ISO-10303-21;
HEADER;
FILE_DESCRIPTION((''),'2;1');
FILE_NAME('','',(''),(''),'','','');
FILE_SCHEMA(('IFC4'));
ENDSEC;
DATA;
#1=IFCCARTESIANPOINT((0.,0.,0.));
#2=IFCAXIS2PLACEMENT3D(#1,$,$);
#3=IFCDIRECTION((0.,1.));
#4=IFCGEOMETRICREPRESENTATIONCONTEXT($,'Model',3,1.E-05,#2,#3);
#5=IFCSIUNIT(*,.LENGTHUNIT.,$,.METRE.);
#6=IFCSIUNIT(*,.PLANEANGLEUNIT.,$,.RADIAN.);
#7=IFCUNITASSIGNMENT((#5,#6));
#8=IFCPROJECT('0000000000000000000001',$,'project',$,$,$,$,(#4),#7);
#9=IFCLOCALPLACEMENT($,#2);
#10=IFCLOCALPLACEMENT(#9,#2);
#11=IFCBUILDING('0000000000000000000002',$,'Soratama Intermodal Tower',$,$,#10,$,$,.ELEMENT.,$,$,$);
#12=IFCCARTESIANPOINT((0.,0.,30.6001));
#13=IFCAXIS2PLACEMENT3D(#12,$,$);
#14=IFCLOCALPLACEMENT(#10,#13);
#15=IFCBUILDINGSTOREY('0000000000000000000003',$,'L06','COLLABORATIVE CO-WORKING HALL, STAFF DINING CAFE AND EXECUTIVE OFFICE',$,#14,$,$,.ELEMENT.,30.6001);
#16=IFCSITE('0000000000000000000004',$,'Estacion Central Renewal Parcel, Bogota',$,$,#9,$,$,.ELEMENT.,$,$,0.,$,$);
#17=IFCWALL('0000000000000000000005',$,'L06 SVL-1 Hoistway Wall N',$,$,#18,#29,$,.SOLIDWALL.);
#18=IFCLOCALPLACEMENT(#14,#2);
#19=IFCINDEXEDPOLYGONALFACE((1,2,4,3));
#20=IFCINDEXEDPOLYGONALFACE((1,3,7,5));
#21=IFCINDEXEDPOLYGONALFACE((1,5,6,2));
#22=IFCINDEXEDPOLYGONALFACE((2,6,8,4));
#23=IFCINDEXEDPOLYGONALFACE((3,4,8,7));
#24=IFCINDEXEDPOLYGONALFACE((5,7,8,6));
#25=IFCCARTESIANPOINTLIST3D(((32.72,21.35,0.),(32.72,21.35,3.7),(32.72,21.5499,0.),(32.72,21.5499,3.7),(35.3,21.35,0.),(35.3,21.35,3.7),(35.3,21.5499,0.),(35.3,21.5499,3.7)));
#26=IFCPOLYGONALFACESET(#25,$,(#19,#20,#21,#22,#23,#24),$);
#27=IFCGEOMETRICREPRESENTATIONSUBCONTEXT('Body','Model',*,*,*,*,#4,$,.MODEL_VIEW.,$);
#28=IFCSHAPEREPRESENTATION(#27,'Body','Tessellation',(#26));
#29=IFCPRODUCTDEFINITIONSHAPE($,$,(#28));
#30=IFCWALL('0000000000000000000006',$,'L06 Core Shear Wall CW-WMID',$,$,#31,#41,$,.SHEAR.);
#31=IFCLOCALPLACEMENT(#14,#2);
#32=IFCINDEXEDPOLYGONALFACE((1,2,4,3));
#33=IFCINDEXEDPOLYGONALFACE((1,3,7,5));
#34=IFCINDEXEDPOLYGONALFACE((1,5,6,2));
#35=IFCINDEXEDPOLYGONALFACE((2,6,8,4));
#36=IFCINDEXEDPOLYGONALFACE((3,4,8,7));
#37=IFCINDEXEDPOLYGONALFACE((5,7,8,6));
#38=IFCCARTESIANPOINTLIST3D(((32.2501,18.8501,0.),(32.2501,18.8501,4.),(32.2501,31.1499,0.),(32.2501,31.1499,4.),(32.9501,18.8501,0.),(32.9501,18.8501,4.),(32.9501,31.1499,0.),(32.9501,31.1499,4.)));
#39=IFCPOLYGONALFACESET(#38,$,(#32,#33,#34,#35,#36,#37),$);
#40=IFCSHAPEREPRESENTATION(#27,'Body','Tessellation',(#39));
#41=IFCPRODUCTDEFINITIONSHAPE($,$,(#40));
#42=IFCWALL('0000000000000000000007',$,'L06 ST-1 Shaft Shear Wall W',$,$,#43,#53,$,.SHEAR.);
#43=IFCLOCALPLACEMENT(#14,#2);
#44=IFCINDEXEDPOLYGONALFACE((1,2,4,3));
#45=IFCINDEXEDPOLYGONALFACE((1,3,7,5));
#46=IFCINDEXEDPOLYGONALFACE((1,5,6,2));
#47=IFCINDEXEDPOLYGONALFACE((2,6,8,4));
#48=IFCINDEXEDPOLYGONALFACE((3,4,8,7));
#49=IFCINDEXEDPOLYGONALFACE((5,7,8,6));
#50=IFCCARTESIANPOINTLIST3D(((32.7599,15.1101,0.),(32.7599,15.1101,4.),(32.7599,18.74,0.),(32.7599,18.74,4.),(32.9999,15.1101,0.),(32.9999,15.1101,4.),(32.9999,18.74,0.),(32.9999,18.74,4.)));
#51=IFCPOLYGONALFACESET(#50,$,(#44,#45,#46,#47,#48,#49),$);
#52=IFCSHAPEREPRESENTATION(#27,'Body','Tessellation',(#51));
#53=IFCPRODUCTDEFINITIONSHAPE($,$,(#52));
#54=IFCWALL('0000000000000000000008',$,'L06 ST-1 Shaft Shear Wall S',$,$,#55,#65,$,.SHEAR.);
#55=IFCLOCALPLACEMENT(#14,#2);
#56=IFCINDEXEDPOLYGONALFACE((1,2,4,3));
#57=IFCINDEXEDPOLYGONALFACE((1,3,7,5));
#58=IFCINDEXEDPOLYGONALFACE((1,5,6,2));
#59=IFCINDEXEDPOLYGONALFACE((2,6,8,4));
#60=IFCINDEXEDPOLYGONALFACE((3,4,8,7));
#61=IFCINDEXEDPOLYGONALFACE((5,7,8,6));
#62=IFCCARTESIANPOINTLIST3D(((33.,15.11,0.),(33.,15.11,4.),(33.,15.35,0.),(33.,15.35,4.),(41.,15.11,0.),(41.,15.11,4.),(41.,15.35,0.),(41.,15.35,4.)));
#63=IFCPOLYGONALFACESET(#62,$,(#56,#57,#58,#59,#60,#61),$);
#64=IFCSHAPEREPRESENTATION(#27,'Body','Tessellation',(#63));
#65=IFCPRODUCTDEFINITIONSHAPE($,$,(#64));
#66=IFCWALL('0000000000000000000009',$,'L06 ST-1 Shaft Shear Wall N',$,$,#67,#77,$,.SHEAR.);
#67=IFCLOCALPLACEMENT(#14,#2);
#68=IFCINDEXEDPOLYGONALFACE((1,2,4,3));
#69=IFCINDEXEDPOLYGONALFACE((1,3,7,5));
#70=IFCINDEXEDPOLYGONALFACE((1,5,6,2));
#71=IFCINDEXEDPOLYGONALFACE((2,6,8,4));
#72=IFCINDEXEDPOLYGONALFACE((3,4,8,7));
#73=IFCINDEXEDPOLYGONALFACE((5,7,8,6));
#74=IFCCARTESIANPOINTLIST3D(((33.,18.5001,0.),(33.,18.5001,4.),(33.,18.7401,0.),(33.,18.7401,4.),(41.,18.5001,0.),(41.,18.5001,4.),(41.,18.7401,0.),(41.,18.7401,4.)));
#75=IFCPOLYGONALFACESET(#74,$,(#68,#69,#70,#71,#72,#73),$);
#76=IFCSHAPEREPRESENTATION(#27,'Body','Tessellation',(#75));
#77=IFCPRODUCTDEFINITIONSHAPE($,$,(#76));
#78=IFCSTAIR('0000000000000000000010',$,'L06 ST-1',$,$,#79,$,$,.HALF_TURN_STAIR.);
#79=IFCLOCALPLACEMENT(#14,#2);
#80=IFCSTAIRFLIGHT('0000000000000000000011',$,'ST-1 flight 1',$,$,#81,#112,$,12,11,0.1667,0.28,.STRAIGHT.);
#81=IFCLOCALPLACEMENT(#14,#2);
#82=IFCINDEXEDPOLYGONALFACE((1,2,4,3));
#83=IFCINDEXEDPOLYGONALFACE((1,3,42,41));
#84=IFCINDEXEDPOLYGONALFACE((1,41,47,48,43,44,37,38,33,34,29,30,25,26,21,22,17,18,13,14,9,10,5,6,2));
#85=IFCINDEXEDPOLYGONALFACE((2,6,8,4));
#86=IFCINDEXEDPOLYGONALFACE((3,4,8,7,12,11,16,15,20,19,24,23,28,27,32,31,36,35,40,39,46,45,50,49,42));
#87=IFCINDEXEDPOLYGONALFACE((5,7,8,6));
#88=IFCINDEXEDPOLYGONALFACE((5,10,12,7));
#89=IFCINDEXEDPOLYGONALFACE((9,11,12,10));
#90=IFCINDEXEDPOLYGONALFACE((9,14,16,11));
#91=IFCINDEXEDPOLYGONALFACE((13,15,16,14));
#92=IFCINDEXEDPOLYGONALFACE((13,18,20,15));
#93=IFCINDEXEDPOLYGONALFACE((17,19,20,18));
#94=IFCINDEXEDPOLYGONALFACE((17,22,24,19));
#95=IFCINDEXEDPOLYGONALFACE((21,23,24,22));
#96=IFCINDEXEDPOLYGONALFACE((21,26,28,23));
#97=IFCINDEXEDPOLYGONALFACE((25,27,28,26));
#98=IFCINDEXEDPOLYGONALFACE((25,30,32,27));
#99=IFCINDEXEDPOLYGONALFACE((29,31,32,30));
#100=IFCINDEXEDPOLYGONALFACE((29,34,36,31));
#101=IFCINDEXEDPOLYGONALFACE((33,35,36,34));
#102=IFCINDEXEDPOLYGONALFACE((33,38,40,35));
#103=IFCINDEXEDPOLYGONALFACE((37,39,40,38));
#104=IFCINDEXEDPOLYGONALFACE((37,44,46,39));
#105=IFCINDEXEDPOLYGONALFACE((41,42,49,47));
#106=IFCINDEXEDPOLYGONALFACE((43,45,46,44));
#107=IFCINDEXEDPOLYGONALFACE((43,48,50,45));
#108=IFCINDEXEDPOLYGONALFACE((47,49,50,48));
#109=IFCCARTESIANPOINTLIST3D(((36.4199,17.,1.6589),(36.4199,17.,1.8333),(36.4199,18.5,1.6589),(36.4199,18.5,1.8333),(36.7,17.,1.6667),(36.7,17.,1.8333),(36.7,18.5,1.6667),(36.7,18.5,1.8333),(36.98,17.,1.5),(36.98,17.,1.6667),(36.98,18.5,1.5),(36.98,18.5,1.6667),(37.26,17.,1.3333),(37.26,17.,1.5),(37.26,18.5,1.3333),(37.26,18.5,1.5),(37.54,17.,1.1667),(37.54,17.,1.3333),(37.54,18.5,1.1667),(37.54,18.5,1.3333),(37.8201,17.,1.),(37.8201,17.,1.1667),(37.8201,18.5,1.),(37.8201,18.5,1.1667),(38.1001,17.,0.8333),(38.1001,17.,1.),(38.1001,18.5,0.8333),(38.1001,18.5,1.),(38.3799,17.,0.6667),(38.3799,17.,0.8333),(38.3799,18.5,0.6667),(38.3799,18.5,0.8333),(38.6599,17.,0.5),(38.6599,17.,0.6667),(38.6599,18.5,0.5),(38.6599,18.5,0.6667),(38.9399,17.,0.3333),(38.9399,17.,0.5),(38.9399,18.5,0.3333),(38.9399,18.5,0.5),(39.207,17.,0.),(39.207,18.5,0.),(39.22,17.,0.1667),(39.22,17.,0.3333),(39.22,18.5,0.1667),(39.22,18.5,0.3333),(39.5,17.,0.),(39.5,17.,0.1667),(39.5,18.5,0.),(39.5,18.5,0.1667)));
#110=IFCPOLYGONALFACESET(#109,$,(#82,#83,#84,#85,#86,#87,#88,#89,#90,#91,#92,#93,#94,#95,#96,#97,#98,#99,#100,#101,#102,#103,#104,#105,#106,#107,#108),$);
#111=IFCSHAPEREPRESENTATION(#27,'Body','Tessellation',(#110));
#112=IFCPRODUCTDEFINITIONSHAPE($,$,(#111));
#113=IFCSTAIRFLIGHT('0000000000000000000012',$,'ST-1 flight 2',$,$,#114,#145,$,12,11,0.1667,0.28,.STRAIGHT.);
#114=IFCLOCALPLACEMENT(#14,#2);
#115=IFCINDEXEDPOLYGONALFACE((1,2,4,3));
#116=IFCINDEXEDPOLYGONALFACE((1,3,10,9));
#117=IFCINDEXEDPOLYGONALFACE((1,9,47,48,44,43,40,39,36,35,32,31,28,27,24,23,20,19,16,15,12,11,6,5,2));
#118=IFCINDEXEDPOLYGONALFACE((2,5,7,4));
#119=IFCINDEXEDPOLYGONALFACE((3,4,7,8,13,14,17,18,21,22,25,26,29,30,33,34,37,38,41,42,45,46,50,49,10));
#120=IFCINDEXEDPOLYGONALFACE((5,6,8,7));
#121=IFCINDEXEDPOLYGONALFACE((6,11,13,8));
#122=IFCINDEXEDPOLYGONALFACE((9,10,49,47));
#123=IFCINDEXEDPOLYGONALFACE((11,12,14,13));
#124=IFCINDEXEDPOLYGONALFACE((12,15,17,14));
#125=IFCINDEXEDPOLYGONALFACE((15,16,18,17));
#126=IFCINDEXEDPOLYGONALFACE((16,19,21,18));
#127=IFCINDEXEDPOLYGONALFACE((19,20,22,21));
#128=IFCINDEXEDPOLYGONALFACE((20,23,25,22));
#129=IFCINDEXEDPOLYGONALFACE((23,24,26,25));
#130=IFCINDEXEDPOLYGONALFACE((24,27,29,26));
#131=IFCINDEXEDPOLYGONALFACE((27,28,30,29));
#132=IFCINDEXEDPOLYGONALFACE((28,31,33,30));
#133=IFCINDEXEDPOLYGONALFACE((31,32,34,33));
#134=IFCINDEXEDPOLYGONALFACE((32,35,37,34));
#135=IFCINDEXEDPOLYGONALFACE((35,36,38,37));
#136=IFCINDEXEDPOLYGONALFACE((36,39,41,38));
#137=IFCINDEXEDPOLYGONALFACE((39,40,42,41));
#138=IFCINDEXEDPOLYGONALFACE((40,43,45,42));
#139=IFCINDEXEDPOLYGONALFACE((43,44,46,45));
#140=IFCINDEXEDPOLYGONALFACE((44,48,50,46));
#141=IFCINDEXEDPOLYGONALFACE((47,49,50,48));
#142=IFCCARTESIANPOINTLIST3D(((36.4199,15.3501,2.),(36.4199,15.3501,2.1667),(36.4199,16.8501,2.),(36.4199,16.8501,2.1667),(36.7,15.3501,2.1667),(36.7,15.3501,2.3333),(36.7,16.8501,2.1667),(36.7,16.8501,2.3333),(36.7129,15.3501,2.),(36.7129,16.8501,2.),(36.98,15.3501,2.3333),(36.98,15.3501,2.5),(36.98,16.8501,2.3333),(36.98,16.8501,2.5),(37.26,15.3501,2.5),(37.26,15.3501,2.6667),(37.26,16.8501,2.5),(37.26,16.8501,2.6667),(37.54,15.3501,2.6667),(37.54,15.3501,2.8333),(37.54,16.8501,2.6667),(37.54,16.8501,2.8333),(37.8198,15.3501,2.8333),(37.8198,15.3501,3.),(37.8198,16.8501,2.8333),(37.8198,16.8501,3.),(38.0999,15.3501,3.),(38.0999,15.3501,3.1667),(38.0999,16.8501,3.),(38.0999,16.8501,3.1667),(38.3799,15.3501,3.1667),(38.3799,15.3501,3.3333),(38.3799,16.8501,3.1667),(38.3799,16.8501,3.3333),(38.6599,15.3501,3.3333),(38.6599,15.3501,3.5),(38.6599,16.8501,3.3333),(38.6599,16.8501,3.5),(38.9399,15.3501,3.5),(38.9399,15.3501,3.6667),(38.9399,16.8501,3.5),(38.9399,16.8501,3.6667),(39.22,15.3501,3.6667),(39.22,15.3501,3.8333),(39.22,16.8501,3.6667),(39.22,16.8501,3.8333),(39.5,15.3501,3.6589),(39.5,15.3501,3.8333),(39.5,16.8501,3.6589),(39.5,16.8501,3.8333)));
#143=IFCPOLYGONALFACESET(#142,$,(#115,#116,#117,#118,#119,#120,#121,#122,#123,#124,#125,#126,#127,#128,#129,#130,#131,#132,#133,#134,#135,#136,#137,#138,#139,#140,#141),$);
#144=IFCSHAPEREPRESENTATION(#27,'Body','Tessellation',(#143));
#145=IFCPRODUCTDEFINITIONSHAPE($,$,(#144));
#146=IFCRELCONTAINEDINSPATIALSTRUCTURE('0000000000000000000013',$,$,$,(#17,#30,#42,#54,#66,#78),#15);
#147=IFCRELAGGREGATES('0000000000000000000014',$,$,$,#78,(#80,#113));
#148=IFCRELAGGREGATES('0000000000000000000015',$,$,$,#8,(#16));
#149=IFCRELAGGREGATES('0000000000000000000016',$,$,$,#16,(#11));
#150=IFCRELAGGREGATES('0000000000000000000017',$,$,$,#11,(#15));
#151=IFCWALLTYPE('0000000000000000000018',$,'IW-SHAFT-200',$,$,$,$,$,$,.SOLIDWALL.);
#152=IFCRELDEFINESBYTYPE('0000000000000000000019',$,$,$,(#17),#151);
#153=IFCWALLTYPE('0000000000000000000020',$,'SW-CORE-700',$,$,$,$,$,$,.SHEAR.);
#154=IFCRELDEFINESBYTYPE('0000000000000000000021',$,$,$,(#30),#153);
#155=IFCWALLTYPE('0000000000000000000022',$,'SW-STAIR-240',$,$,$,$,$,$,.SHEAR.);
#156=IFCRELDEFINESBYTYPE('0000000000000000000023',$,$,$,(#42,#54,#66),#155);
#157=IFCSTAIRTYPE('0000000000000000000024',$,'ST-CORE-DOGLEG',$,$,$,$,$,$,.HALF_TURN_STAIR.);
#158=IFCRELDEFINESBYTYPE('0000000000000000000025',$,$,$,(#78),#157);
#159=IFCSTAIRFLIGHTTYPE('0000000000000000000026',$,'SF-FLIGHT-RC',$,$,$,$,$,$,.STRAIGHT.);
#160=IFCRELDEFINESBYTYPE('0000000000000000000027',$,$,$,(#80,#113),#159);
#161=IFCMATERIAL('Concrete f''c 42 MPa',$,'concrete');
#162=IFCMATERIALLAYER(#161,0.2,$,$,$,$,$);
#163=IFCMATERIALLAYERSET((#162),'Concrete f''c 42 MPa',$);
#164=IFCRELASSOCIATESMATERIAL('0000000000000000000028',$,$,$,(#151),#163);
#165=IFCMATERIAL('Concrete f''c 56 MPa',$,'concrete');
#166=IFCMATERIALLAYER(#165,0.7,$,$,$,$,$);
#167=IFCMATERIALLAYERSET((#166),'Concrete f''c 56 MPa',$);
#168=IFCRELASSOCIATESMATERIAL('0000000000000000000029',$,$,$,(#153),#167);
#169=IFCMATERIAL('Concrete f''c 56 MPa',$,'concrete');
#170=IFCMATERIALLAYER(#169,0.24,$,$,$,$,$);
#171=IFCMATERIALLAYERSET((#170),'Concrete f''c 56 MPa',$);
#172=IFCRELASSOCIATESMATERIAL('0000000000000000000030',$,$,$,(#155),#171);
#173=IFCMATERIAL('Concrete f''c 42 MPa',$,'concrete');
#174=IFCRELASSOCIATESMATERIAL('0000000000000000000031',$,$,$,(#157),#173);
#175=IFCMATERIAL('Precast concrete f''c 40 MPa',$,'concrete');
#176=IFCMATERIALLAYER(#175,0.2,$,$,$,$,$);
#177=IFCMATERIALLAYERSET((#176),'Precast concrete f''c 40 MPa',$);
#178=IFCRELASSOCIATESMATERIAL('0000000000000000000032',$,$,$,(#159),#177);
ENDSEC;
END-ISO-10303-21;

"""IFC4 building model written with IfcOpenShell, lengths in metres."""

from ifc_helpers import new_model, si_unit, direction, frame, frame_2d, origin, place, context, subcontext, project, spatial, polyline, rectangle, outline, extrude, material, layer, layer_set, type_object, element, aggregate, save


model = new_model("IFC4")

# Units and contexts
model_context = context("Model", 3, precision=1e-05, world=origin(), true_north=direction((0.0, 1.0)))
body_context = subcontext(model_context, "Body", "Model", "MODEL_VIEW")
ifc_project = project(units=[si_unit("LENGTHUNIT", "METRE"), si_unit("PLANEANGLEUNIT", "RADIAN")], contexts=[model_context])

# Site, building, storey
site_placement = place(None, origin())
site = spatial("IfcSite", under=ifc_project, at=site_placement, Name="Estacion Central Renewal Parcel, Bogota", CompositionType="ELEMENT", RefElevation=0.0)
building_placement = place(site_placement, origin())
building = spatial("IfcBuilding", under=site, at=building_placement, Name="Soratama Intermodal Tower", CompositionType="ELEMENT")
storey_placement = place(building_placement, frame((0.0, 0.0, 30.6001)))
storey = spatial("IfcBuildingStorey", under=building, at=storey_placement, Name="L06", Description="COLLABORATIVE CO-WORKING HALL, STAFF DINING CAFE AND EXECUTIVE OFFICE", CompositionType="ELEMENT", Elevation=30.6001)

# Shared definitions
ifc_material_1 = material(Name="Concrete f'c 42 MPa", Category="concrete")
ifc_layer_1 = layer(ifc_material_1, 0.2)
ifc_layer_set_1 = layer_set([ifc_layer_1], Name="Concrete f'c 42 MPa")
wall_type_1 = type_object("IfcWallType", Name="IW-SHAFT-200", PredefinedType="SOLIDWALL", material=ifc_layer_set_1)

# Wall
wall_1_placement = place(storey_placement, frame((32.72, 21.45, 0.0), z_axis=(0.0, 0.0, 1.0), x_axis=(1.0, 0.0, 0.0)))
element("IfcWall", 1, at=wall_1_placement, inside=storey, type_object=wall_type_1, Name="L06 SVL-1 Hoistway Wall N", PredefinedType="SOLIDWALL", context=body_context, shape_type="SweptSolid", body=[
    extrude(rectangle(XDim=2.5801, YDim=0.2, at=frame_2d((1.29, 0.0))), origin(), (0.0, 0.0, 1.0), 3.7),
])

# Walls
ifc_material_2 = material(Name="Concrete f'c 56 MPa", Category="concrete")
ifc_layer_2 = layer(ifc_material_2, 0.7)
ifc_layer_set_2 = layer_set([ifc_layer_2], Name="Concrete f'c 56 MPa")
wall_type_2 = type_object("IfcWallType", Name="SW-CORE-700", PredefinedType="SHEAR", material=ifc_layer_set_2)
wall_2_placement = place(storey_placement, frame((32.6001, 18.8501, 0.0), z_axis=(0.0, 0.0, 1.0), x_axis=(0.0, 1.0, 0.0)))
element("IfcWall", 2, at=wall_2_placement, inside=storey, type_object=wall_type_2, Name="L06 Core Shear Wall CW-WMID", PredefinedType="SHEAR", context=body_context, shape_type="SweptSolid", body=[
    extrude(rectangle(XDim=12.2998, YDim=0.7, at=frame_2d((6.1499, 0.0))), origin(), (0.0, 0.0, 1.0), 4.0),
])
ifc_material_3 = material(Name="Concrete f'c 56 MPa", Category="concrete")
ifc_layer_3 = layer(ifc_material_3, 0.24)
ifc_layer_set_3 = layer_set([ifc_layer_3], Name="Concrete f'c 56 MPa")
wall_type_3 = type_object("IfcWallType", Name="SW-STAIR-240", PredefinedType="SHEAR", material=ifc_layer_set_3)
wall_3_placement = place(storey_placement, frame((32.8799, 15.1101, 0.0), z_axis=(0.0, 0.0, 1.0), x_axis=(0.0, 1.0, 0.0)))
element("IfcWall", 3, at=wall_3_placement, inside=storey, type_object=wall_type_3, Name="L06 ST-1 Shaft Shear Wall W", PredefinedType="SHEAR", context=body_context, shape_type="SweptSolid", body=[
    extrude(rectangle(XDim=3.6299, YDim=0.24, at=frame_2d((1.8149, 0.0))), origin(), (0.0, 0.0, 1.0), 4.0),
])
for number, where, z_axis, x_axis, name in (
    (4, (33.0, 15.23, 0.0), (0.0, 0.0, 1.0), (1.0, 0.0, 0.0), "L06 ST-1 Shaft Shear Wall S"),
    (5, (33.0, 18.6201, 0.0), (0.0, 0.0, 1.0), (1.0, 0.0, 0.0), "L06 ST-1 Shaft Shear Wall N"),
):
    element("IfcWall", number, at=place(storey_placement, frame(where, z_axis=z_axis, x_axis=x_axis)), inside=storey, type_object=wall_type_3, Name=name, PredefinedType="SHEAR", context=body_context, shape_type="SweptSolid", body=[
        extrude(rectangle(XDim=8.0, YDim=0.24, at=frame_2d((4.0, 0.0))), origin(), (0.0, 0.0, 1.0), 4.0),
    ])

# Stair, stair flights
ifc_material_4 = material(Name="Concrete f'c 42 MPa", Category="concrete")
stair_type = type_object("IfcStairType", Name="ST-CORE-DOGLEG", PredefinedType="HALF_TURN_STAIR", material=ifc_material_4)
stair_placement = place(storey_placement, origin())
stair = element("IfcStair", 6, at=stair_placement, inside=storey, type_object=stair_type, Name="L06 ST-1", PredefinedType="HALF_TURN_STAIR")
ifc_material_5 = material(Name="Precast concrete f'c 40 MPa", Category="concrete")
ifc_layer_4 = layer(ifc_material_5, 0.2)
ifc_layer_set_4 = layer_set([ifc_layer_4], Name="Precast concrete f'c 40 MPa")
stair_flight_type = type_object("IfcStairFlightType", Name="SF-FLIGHT-RC", PredefinedType="STRAIGHT", material=ifc_layer_set_4)
stair_flight_1_placement = place(storey_placement, frame((39.5, 17.75, 0.0), z_axis=(0.0, 0.0, 1.0), x_axis=(-1.0, 0.0, 0.0)))
stair_flight_1 = element("IfcStairFlight", 7, at=stair_flight_1_placement, type_object=stair_flight_type, Name="ST-1 flight 1", NumberOfRisers=12, NumberOfTreads=11, PredefinedType="STRAIGHT", RiserHeight=0.1667, TreadLength=0.28, context=body_context, shape_type="SweptSolid", body=[
    extrude(outline(polyline([(0.0, 0.0), (0.0, 0.1667), (0.28, 0.1667), (0.28, 0.3333), (0.5601, 0.3333), (0.5601, 0.5), (0.8401, 0.5), (0.8401, 0.6667), (1.1201, 0.6667), (1.1201, 0.8333), (1.3999, 0.8333), (1.3999, 1.0), (1.6799, 1.0), (1.6799, 1.1667), (1.96, 1.1667), (1.96, 1.3333), (2.24, 1.3333), (2.24, 1.5), (2.52, 1.5), (2.52, 1.6667), (2.8, 1.6667), (2.8, 1.8333), (3.0801, 1.8333), (3.0801, 2.0), (3.0801, 1.6589), (0.293, 0.0), (0.0, 0.0)])), frame((0.0, 0.75, 0.0), z_axis=(0.0, -1.0, 0.0), x_axis=(1.0, 0.0, 0.0)), (0.0, 0.0, 1.0), 1.5),
])
stair_flight_2_placement = place(storey_placement, frame((36.4199, 16.1001, 2.0), z_axis=(0.0, 0.0, 1.0), x_axis=(1.0, 0.0, 0.0)))
stair_flight_2 = element("IfcStairFlight", 8, at=stair_flight_2_placement, type_object=stair_flight_type, Name="ST-1 flight 2", NumberOfRisers=12, NumberOfTreads=11, PredefinedType="STRAIGHT", RiserHeight=0.1667, TreadLength=0.28, context=body_context, shape_type="SweptSolid", body=[
    extrude(outline(polyline([(0.0, 0.0), (0.0, 0.1667), (0.28, 0.1667), (0.28, 0.3333), (0.5601, 0.3333), (0.5601, 0.5), (0.8401, 0.5), (0.8401, 0.6667), (1.1201, 0.6667), (1.1201, 0.8333), (1.3999, 0.8333), (1.3999, 1.0), (1.6799, 1.0), (1.6799, 1.1667), (1.96, 1.1667), (1.96, 1.3333), (2.24, 1.3333), (2.24, 1.5), (2.52, 1.5), (2.52, 1.6667), (2.8, 1.6667), (2.8, 1.8333), (3.0801, 1.8333), (3.0801, 2.0), (3.0801, 1.6589), (0.293, 0.0), (0.0, 0.0)])), frame((0.0, 0.75, 0.0), z_axis=(0.0, -1.0, 0.0), x_axis=(1.0, 0.0, 0.0)), (0.0, 0.0, 1.0), 1.5),
])
aggregate(stair, [stair_flight_1, stair_flight_2])

save(model, "model.ifc")
